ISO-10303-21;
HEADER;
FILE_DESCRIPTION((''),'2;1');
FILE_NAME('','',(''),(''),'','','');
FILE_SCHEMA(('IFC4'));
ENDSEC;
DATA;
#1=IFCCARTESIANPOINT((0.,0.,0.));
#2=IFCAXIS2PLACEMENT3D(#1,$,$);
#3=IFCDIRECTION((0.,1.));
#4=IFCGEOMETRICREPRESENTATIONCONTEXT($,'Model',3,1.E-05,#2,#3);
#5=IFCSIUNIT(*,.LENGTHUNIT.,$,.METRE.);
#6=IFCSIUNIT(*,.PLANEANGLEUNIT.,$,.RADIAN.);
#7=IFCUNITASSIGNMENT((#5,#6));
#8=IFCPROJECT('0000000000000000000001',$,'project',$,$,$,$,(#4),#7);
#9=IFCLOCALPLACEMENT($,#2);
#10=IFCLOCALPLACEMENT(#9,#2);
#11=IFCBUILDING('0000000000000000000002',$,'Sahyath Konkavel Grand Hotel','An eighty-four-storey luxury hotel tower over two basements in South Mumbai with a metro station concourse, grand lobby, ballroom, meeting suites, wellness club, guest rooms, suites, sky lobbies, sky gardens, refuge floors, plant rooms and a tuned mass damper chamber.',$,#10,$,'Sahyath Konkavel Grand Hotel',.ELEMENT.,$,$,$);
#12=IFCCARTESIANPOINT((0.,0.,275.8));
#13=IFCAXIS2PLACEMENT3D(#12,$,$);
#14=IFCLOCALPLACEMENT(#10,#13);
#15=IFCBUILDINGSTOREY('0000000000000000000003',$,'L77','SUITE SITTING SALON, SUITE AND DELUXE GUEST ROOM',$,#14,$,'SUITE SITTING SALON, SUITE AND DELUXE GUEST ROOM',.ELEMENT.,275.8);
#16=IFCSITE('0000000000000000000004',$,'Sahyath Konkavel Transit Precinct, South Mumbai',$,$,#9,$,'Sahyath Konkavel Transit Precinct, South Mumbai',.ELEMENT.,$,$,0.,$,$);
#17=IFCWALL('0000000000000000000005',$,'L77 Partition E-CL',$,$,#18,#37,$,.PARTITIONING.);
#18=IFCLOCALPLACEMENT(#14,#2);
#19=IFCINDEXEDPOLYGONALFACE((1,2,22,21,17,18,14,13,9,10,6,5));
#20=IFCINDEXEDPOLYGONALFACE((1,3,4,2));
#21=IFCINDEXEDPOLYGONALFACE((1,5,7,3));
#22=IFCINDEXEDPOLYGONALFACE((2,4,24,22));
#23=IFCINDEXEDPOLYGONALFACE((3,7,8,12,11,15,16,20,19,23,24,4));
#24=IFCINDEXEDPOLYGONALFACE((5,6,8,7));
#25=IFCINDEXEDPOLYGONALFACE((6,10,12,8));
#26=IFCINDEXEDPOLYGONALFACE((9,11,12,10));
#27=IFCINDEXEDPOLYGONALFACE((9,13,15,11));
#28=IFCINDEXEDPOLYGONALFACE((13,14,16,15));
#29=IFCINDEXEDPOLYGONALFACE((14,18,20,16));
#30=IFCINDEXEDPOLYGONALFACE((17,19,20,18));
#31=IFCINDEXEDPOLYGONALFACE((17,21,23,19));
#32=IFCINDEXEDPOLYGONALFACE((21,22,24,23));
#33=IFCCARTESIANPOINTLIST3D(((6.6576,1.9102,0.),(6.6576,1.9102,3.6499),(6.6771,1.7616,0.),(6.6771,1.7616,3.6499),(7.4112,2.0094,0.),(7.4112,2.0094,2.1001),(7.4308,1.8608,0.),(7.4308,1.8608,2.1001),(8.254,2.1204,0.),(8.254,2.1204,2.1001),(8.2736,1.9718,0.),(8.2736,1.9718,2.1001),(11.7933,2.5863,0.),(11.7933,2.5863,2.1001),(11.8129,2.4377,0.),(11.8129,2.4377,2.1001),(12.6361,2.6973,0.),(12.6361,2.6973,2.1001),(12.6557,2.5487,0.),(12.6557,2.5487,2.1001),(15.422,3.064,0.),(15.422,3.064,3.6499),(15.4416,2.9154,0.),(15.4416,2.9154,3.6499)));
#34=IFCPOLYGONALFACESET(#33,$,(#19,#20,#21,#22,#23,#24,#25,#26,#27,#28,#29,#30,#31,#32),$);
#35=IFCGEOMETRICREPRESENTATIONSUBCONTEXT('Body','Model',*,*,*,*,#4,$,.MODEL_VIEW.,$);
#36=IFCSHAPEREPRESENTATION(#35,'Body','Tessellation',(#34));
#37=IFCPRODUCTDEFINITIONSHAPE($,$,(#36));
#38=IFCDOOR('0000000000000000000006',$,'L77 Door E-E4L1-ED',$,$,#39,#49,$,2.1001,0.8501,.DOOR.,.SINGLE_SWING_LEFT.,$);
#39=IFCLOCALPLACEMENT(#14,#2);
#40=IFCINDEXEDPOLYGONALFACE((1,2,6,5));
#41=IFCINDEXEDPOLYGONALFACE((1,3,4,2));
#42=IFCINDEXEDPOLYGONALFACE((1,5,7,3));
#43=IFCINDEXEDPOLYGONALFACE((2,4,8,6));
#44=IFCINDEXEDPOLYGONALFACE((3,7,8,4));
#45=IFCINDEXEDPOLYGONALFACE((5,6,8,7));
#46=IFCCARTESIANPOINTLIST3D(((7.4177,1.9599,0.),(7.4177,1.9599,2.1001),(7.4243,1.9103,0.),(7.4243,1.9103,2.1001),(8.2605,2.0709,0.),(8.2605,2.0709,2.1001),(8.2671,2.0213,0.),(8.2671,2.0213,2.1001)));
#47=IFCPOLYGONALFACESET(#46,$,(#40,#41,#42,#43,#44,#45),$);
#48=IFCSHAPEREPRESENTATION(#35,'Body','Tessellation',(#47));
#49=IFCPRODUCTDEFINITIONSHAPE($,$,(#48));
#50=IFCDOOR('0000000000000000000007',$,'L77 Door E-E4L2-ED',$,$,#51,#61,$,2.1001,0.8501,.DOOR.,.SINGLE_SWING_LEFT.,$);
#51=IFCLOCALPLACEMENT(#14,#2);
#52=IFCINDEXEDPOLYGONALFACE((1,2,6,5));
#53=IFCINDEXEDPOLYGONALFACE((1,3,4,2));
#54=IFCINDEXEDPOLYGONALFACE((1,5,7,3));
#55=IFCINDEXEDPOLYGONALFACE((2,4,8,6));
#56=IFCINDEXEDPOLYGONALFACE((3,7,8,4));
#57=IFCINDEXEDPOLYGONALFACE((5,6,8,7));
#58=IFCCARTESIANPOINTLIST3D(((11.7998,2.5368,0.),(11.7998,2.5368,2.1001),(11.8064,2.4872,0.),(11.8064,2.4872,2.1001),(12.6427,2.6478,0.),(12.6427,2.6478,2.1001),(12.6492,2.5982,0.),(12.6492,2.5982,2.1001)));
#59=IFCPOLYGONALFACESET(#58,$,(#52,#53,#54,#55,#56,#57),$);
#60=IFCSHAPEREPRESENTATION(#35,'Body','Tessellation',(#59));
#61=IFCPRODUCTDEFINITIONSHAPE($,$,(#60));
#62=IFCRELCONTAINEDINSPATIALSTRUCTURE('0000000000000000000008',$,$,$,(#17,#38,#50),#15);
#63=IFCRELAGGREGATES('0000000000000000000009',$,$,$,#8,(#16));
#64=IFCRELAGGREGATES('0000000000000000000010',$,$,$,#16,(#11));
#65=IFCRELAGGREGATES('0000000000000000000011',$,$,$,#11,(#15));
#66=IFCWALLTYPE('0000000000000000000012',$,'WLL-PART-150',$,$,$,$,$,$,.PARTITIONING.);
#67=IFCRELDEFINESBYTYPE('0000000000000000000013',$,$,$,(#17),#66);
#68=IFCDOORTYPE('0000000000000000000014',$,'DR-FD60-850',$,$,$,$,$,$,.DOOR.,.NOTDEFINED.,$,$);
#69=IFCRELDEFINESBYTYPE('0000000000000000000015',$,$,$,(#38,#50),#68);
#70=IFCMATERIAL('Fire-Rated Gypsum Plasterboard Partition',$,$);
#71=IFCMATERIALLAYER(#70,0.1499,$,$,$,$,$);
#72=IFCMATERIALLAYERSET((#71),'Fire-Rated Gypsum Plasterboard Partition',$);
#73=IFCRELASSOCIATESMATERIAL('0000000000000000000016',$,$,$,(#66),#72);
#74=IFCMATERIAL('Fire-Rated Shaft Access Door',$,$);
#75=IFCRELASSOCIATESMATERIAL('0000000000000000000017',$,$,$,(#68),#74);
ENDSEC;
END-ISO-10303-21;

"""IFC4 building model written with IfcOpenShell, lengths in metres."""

from ifc_helpers import new_model, si_unit, direction, frame, frame_2d, origin, origin_2d, place, context, subcontext, project, spatial, rectangle, extrude, source, transform, mapped, material, layer, layer_set, type_object, element, fill, save


model = new_model("IFC4")

# Units and contexts
model_context = context("Model", 3, precision=1e-05, world=origin(), true_north=direction((0.0, 1.0)))
body_context = subcontext(model_context, "Body", "Model", "MODEL_VIEW")
ifc_project = project(units=[si_unit("LENGTHUNIT", "METRE"), si_unit("PLANEANGLEUNIT", "RADIAN")], contexts=[model_context])

# Site, building, storey
site_placement = place(None, origin())
site = spatial("IfcSite", under=ifc_project, at=site_placement, Name="Sahyath Konkavel Transit Precinct, South Mumbai", LongName="Sahyath Konkavel Transit Precinct, South Mumbai", CompositionType="ELEMENT", RefElevation=0.0)
building_placement = place(site_placement, origin())
building = spatial("IfcBuilding", under=site, at=building_placement, Name="Sahyath Konkavel Grand Hotel", Description="An eighty-four-storey luxury hotel tower over two basements in South Mumbai with a metro station concourse, grand lobby, ballroom, meeting suites, wellness club, guest rooms, suites, sky lobbies, sky gardens, refuge floors, plant rooms and a tuned mass damper chamber.", LongName="Sahyath Konkavel Grand Hotel", CompositionType="ELEMENT")
storey_placement = place(building_placement, frame((0.0, 0.0, 275.8)))
storey = spatial("IfcBuildingStorey", under=building, at=storey_placement, Name="L77", Description="SUITE SITTING SALON, SUITE AND DELUXE GUEST ROOM", LongName="SUITE SITTING SALON, SUITE AND DELUXE GUEST ROOM", CompositionType="ELEMENT", Elevation=275.8)

# Wall, openings, doors
ifc_material_1 = material(Name="Fire-Rated Gypsum Plasterboard Partition")
ifc_layer_1 = layer(ifc_material_1, 0.1499)
ifc_layer_set_1 = layer_set([ifc_layer_1], Name="Fire-Rated Gypsum Plasterboard Partition")
wall_type_1 = type_object("IfcWallType", Name="WLL-PART-150", PredefinedType="PARTITIONING", material=ifc_layer_set_1)
wall_1_placement = place(storey_placement, frame((6.6675, 1.8359, 0.0), z_axis=(0.0, 0.0, 1.0), x_axis=(0.991446, 0.130521, 0.0)))
wall_1 = element("IfcWall", 1, at=wall_1_placement, inside=storey, type_object=wall_type_1, Name="L77 Partition E-CL", PredefinedType="PARTITIONING", context=body_context, shape_type="SweptSolid", body=[
    extrude(rectangle(XDim=8.8401, YDim=0.1499, at=frame_2d((4.4199, 0.0))), origin(), (0.0, 0.0, 1.0), 3.6499),
])
opening_1_placement = place(wall_1_placement, frame((0.76, 0.0, 0.0)))
opening_1 = element("IfcOpeningElement", 2, at=opening_1_placement, cuts=wall_1, PredefinedType="OPENING", context=body_context, shape_type="SweptSolid", body=[
    extrude(rectangle(XDim=0.8501, YDim=2.1001, at=frame_2d((0.425, 1.05))), frame((0.0, 0.085, 0.0), z_axis=(0.0, -1.0, 0.0), x_axis=(1.0, 0.0, 0.0)), (0.0, 0.0, 1.0), 0.1699),
])
opening_2_placement = place(wall_1_placement, frame((5.1799, 0.0, 0.0)))
opening_2 = element("IfcOpeningElement", 3, at=opening_2_placement, cuts=wall_1, PredefinedType="OPENING", context=body_context, shape_type="SweptSolid", body=[
    extrude(rectangle(XDim=0.8501, YDim=2.1001, at=frame_2d((0.425, 1.05))), frame((0.0, 0.085, 0.0), z_axis=(0.0, -1.0, 0.0), x_axis=(1.0, 0.0, 0.0)), (0.0, 0.0, 1.0), 0.1699),
])
ifc_material_2 = material(Name="Fire-Rated Shaft Access Door")
door_type_1 = type_object("IfcDoorType", Name="DR-FD60-850", OperationType="NOTDEFINED", PredefinedType="DOOR", material=ifc_material_2)
shared_shape_1 = source(origin(), body_context, "Body", "SweptSolid", [
    extrude(rectangle(XDim=0.8501, YDim=0.05, at=origin_2d()), origin(), (0.0, 0.0, 1.0), 2.1001),
])
door_1_placement = place(opening_1_placement, frame((0.425, 0.0, 0.0)))
door_1 = element("IfcDoor", 4, at=door_1_placement, inside=storey, type_object=door_type_1, Name="L77 Door E-E4L1-ED", OperationType="SINGLE_SWING_LEFT", OverallHeight=2.1001, OverallWidth=0.8501, PredefinedType="DOOR", context=body_context, shape_type="MappedRepresentation", body=[
    mapped(shared_shape_1, transform((0.0, 0.0, 0.0), scale=1.0)),
])
fill(opening_1, door_1)
door_2_placement = place(opening_2_placement, frame((0.425, 0.0, 0.0)))
door_2 = element("IfcDoor", 5, at=door_2_placement, inside=storey, type_object=door_type_1, Name="L77 Door E-E4L2-ED", OperationType="SINGLE_SWING_LEFT", OverallHeight=2.1001, OverallWidth=0.8501, PredefinedType="DOOR", context=body_context, shape_type="MappedRepresentation", body=[
    mapped(shared_shape_1, transform((0.0, 0.0, 0.0), scale=1.0)),
])
fill(opening_2, door_2)

save(model, "model.ifc")
